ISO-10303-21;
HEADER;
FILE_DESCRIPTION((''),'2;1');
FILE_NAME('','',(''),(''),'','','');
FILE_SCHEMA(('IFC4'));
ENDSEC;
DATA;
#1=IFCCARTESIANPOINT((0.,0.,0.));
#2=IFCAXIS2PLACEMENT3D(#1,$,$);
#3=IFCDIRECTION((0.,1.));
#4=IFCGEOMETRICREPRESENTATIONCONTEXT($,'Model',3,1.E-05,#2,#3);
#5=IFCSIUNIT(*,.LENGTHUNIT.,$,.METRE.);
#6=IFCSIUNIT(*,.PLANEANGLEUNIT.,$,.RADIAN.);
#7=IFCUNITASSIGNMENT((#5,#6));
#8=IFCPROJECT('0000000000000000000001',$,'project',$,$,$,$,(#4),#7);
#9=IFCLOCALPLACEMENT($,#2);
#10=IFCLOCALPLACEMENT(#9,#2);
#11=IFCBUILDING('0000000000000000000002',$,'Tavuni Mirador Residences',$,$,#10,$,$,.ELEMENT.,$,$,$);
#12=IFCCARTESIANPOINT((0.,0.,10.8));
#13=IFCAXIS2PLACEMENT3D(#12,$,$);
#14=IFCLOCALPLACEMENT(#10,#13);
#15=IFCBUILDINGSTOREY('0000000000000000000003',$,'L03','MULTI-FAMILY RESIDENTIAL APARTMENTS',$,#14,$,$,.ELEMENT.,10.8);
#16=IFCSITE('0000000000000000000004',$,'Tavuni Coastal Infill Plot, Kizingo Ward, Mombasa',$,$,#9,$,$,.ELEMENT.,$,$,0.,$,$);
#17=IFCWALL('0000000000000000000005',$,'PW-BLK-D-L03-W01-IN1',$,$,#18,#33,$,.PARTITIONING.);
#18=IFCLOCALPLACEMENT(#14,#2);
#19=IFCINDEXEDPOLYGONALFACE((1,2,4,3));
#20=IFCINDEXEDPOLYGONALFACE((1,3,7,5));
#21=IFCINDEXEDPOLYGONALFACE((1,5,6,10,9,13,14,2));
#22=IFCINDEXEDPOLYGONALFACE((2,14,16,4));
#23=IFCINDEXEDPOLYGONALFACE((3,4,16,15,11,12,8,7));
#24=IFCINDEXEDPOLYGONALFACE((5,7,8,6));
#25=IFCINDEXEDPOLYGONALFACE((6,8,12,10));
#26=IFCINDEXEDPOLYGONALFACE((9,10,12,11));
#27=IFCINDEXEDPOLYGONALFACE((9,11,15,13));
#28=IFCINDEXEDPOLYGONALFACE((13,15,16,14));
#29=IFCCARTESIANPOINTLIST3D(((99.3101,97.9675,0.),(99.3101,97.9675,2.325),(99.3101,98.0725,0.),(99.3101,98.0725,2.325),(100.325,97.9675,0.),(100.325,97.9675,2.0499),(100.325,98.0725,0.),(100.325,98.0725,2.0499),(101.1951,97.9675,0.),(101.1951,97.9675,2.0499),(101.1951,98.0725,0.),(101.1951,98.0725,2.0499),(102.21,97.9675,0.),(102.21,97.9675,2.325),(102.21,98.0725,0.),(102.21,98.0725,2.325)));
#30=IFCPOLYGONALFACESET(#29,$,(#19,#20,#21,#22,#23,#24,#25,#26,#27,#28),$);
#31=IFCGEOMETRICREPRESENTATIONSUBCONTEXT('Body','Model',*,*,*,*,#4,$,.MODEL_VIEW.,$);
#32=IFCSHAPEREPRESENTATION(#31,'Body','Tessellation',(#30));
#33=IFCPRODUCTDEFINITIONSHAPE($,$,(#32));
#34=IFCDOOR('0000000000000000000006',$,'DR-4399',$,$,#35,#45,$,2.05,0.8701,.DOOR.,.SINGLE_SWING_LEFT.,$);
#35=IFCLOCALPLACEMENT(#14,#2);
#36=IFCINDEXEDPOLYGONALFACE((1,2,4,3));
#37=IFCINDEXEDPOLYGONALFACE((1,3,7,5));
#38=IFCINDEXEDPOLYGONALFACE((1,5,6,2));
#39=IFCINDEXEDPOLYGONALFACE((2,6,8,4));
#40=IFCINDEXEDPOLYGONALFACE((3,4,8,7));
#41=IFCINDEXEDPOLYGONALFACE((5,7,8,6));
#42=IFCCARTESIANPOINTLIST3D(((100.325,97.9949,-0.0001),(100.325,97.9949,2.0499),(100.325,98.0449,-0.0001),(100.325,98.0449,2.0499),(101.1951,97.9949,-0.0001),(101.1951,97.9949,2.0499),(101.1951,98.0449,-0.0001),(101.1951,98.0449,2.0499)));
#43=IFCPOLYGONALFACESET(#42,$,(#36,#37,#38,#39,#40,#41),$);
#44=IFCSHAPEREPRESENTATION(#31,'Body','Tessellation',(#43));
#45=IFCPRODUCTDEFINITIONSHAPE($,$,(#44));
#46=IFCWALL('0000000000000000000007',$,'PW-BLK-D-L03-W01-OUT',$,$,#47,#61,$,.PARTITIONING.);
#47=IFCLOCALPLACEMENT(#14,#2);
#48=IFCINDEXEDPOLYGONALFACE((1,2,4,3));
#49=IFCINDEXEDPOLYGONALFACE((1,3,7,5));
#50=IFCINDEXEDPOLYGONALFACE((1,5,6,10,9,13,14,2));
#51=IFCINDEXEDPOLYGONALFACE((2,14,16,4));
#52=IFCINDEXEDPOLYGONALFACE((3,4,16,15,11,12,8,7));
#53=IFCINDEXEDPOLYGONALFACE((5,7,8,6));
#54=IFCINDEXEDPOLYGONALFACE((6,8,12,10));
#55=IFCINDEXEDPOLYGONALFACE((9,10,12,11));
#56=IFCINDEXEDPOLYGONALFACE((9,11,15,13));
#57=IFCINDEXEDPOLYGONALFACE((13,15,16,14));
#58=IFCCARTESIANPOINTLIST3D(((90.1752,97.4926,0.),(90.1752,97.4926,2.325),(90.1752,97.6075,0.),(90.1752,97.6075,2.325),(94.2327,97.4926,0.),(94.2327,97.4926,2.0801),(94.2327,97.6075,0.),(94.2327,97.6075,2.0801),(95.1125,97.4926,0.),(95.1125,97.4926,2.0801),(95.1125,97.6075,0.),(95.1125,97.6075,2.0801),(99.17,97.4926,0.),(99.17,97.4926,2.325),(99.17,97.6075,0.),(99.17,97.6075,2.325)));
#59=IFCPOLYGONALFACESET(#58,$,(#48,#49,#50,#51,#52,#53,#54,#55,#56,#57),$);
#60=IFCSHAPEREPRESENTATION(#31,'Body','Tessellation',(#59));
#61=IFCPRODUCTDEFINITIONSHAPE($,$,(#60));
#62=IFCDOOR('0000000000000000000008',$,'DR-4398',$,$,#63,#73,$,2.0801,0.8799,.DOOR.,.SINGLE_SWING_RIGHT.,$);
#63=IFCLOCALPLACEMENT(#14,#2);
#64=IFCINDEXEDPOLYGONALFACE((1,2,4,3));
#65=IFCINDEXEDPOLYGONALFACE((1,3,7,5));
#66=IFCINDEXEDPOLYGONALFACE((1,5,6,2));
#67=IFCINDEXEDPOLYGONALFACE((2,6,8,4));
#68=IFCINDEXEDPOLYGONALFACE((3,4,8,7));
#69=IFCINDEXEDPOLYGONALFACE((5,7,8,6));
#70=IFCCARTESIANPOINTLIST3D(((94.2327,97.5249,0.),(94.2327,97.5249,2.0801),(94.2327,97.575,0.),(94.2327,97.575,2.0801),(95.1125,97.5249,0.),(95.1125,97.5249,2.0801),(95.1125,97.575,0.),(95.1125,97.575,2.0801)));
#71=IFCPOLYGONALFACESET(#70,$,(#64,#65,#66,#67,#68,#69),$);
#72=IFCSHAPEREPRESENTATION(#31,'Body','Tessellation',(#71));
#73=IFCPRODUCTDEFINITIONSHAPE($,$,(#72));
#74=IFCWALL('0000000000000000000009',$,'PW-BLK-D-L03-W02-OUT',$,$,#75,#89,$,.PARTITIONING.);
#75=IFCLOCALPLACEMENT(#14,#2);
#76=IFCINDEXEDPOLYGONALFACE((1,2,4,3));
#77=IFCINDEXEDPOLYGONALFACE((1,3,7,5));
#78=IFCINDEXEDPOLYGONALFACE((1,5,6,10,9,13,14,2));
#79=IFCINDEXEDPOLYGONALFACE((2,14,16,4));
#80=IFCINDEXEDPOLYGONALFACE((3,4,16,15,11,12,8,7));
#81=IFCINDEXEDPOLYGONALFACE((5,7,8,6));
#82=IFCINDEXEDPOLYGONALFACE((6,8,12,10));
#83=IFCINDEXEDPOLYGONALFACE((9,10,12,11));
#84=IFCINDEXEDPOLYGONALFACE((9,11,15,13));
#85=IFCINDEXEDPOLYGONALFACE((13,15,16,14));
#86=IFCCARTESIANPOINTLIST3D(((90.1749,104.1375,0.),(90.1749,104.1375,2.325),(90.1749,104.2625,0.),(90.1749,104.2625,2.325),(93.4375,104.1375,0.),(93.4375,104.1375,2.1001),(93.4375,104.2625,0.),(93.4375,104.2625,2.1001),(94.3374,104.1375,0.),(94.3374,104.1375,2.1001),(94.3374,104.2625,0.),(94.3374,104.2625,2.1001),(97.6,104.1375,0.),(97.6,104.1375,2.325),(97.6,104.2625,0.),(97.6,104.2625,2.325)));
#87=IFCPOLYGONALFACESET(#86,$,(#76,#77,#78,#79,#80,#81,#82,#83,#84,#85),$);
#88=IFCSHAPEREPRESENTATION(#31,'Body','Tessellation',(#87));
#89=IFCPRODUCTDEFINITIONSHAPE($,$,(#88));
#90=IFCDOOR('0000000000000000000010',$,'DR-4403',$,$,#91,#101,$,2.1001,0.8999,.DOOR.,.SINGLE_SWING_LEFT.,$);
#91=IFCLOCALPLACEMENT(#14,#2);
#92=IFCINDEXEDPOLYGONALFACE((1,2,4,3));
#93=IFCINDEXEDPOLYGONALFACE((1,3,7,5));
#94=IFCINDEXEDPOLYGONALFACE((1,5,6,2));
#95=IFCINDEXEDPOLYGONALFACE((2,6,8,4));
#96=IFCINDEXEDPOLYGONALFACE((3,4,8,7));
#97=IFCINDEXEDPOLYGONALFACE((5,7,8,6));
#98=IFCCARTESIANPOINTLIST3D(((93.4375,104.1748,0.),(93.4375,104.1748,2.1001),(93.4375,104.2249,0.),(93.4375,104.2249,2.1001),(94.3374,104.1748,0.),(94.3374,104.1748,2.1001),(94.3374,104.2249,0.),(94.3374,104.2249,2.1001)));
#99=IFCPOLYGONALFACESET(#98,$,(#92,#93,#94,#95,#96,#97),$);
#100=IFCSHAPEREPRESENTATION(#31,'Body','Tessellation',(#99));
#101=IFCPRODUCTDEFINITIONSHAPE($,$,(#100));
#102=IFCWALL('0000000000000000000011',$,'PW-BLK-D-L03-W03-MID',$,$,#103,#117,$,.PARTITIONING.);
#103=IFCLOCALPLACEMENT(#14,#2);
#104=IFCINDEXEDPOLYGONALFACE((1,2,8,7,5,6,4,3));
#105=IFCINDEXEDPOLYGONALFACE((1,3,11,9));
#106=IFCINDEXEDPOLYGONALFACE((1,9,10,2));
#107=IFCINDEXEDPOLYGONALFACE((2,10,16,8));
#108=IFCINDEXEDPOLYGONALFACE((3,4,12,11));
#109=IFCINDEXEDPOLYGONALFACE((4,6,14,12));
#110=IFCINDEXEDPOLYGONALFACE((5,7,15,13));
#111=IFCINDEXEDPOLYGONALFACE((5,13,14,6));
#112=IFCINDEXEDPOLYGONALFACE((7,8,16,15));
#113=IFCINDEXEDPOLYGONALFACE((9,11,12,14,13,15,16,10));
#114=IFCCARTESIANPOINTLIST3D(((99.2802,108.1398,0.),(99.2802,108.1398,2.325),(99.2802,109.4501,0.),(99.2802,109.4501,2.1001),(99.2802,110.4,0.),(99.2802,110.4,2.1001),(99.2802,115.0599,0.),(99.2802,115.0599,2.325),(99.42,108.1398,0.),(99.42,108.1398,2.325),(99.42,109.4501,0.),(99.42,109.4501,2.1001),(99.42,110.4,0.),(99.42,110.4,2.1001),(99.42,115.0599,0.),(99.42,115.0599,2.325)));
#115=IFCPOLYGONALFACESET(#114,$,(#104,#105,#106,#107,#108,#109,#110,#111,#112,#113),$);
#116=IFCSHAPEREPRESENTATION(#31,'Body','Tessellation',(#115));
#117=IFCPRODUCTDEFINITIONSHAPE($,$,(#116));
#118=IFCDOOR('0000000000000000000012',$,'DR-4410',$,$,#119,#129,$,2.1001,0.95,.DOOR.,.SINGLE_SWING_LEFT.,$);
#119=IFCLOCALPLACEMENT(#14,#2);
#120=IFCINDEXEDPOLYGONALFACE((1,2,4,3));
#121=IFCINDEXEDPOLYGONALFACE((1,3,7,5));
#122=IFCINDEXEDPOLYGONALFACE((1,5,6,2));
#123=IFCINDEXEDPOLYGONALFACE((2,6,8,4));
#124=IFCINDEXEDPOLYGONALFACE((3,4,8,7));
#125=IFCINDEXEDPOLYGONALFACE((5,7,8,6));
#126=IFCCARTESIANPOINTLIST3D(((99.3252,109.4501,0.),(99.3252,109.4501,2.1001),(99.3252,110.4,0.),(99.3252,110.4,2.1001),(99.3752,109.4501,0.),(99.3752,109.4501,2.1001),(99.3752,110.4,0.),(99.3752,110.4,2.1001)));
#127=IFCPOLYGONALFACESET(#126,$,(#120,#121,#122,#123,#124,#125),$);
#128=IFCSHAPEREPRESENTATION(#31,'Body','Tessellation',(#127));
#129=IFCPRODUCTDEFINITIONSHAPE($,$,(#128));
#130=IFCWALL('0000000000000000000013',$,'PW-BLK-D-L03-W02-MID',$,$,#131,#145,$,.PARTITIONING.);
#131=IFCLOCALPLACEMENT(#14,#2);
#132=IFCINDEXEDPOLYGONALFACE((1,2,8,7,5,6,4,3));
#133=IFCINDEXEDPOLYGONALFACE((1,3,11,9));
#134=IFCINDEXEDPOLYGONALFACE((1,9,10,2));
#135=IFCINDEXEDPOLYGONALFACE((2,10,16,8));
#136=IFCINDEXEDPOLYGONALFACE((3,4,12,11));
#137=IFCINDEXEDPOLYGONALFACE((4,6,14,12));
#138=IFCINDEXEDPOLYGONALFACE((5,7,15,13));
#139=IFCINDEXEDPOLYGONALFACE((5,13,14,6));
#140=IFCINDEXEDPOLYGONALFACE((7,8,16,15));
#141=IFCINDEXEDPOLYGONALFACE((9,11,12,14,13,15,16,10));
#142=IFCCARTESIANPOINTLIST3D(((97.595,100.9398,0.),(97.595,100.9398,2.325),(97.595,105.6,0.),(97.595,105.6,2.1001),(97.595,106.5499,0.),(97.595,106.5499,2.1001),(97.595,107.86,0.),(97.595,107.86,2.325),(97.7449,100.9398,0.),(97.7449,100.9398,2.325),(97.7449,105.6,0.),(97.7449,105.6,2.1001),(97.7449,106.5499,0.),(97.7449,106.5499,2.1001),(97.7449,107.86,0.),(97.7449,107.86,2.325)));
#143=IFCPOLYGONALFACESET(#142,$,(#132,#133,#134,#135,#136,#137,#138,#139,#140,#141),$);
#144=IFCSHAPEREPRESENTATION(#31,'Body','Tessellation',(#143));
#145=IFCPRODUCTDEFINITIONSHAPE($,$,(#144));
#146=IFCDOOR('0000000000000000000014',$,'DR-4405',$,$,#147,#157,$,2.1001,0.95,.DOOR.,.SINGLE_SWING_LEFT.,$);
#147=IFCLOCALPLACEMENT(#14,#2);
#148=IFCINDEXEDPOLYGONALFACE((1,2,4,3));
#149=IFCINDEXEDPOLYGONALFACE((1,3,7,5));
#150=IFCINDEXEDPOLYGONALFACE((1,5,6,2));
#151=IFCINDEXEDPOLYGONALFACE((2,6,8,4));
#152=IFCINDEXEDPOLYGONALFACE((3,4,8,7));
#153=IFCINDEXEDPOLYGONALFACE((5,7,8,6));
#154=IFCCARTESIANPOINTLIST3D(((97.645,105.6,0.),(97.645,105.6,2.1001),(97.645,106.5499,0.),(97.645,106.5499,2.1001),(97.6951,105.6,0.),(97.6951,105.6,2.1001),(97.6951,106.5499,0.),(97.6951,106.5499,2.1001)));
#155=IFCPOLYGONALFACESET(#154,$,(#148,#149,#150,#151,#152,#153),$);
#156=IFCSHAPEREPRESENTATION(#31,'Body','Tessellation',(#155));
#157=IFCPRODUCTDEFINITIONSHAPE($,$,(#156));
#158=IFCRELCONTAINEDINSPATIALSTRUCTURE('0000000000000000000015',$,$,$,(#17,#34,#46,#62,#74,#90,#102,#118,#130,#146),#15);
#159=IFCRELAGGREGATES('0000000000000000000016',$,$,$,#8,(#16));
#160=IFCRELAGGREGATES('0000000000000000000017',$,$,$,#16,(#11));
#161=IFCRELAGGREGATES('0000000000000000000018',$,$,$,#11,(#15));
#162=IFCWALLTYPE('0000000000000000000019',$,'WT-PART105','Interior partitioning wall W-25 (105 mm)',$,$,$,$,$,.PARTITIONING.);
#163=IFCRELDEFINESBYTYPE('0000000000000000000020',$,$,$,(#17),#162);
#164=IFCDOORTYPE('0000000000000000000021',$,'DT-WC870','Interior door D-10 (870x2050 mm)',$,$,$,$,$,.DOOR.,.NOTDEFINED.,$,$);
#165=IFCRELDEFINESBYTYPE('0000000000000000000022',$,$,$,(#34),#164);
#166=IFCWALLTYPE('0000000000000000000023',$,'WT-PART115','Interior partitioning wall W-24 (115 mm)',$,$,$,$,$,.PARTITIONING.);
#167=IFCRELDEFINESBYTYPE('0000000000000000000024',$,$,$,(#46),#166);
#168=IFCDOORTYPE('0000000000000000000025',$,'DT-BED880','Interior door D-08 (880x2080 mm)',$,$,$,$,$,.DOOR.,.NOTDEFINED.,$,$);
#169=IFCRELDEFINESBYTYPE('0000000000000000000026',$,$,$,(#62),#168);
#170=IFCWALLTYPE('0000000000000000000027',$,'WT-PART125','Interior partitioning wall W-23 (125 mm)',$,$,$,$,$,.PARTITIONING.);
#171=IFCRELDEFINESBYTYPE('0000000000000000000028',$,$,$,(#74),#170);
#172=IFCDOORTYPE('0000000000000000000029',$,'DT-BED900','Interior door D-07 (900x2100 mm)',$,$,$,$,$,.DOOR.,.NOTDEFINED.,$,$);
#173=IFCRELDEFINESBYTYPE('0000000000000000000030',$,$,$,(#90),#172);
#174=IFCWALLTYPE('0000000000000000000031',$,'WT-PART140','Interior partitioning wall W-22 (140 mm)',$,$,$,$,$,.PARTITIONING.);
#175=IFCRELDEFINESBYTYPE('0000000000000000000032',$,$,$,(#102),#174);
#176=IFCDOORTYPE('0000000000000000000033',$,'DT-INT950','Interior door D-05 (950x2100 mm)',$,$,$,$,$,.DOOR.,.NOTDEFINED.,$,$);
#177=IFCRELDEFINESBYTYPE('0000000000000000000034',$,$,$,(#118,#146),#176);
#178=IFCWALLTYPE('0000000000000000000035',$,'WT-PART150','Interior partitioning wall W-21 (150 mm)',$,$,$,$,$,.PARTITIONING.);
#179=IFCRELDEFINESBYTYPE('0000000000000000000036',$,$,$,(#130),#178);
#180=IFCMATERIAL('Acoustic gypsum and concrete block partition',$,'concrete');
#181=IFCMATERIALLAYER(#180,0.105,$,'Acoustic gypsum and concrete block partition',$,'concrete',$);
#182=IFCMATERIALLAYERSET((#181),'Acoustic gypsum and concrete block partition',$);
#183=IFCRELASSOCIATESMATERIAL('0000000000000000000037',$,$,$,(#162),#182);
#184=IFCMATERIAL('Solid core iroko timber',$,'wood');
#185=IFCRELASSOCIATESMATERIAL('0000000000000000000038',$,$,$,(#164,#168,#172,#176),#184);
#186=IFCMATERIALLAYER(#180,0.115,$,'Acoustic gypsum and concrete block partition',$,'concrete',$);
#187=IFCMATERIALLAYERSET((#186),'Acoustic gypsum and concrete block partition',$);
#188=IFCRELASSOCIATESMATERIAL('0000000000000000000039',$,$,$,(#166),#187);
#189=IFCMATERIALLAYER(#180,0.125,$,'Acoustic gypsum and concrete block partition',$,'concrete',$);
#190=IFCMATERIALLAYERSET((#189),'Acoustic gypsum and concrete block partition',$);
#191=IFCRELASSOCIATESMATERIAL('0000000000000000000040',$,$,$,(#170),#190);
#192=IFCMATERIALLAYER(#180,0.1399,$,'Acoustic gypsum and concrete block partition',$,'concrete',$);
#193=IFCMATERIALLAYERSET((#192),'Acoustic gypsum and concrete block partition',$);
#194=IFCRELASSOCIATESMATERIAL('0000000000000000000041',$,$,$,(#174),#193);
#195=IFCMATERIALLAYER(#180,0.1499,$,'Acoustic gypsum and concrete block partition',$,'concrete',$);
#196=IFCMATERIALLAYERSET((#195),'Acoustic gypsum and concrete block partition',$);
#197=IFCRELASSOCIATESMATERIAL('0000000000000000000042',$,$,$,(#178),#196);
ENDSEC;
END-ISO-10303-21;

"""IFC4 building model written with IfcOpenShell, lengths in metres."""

from ifc_helpers import new_model, si_unit, direction, frame, frame_2d, origin, place, context, subcontext, project, spatial, rectangle, extrude, material, layer, layer_set, type_object, element, fill, save


model = new_model("IFC4")

# Units and contexts
model_context = context("Model", 3, precision=1e-05, world=origin(), true_north=direction((0.0, 1.0)))
body_context = subcontext(model_context, "Body", "Model", "MODEL_VIEW")
ifc_project = project(units=[si_unit("LENGTHUNIT", "METRE"), si_unit("PLANEANGLEUNIT", "RADIAN")], contexts=[model_context])

# Site, building, storey
site_placement = place(None, origin())
site = spatial("IfcSite", under=ifc_project, at=site_placement, Name="Tavuni Coastal Infill Plot, Kizingo Ward, Mombasa", CompositionType="ELEMENT", RefElevation=0.0)
building_placement = place(site_placement, origin())
building = spatial("IfcBuilding", under=site, at=building_placement, Name="Tavuni Mirador Residences", CompositionType="ELEMENT")
storey_placement = place(building_placement, frame((0.0, 0.0, 10.8)))
storey = spatial("IfcBuildingStorey", under=building, at=storey_placement, Name="L03", Description="MULTI-FAMILY RESIDENTIAL APARTMENTS", CompositionType="ELEMENT", Elevation=10.8)

# Walls, openings, doors
ifc_material_1 = material(Name="Solid core iroko timber", Category="wood")
ifc_material_2 = material(Name="Acoustic gypsum and concrete block partition", Category="concrete")
ifc_layer_1 = layer(ifc_material_2, 0.105, Name="Acoustic gypsum and concrete block partition", Category="concrete")
ifc_layer_set_1 = layer_set([ifc_layer_1], Name="Acoustic gypsum and concrete block partition")
wall_type_1 = type_object("IfcWallType", Name="WT-PART105", Description="Interior partitioning wall W-25 (105 mm)", PredefinedType="PARTITIONING", material=ifc_layer_set_1)
wall_1_placement = place(storey_placement, frame((99.3101, 98.02, 0.0), z_axis=(0.0, 0.0, 1.0), x_axis=(1.0, 0.0, 0.0)))
wall_1 = element("IfcWall", 1, at=wall_1_placement, inside=storey, type_object=wall_type_1, Name="PW-BLK-D-L03-W01-IN1", PredefinedType="PARTITIONING", context=body_context, shape_type="SweptSolid", body=[
    extrude(rectangle(XDim=2.8999, YDim=0.105, at=frame_2d((1.45, 0.0))), origin(), (0.0, 0.0, 1.0), 2.325),
])
opening_1_placement = place(wall_1_placement, frame((1.0149, 0.0, 0.0)))
opening_1 = element("IfcOpeningElement", 2, at=opening_1_placement, cuts=wall_1, PredefinedType="OPENING", context=body_context, shape_type="SweptSolid", body=[
    extrude(rectangle(XDim=0.8701, YDim=2.05, at=frame_2d((0.4351, 1.0249))), frame((0.0, 0.0625, 0.0), z_axis=(0.0, -1.0, 0.0), x_axis=(1.0, 0.0, 0.0)), (0.0, 0.0, 1.0), 0.125),
])
door_type_1 = type_object("IfcDoorType", Name="DT-WC870", Description="Interior door D-10 (870x2050 mm)", OperationType="NOTDEFINED", PredefinedType="DOOR", material=ifc_material_1)
door_1_placement = place(opening_1_placement, origin())
door_1 = element("IfcDoor", 3, at=door_1_placement, inside=storey, type_object=door_type_1, Name="DR-4399", OperationType="SINGLE_SWING_LEFT", OverallHeight=2.05, OverallWidth=0.8701, PredefinedType="DOOR", context=body_context, shape_type="SweptSolid", body=[
    extrude(rectangle(XDim=0.8701, YDim=2.05, at=frame_2d((0.4351, 1.0249))), frame((0.0, 0.0249, 0.0), z_axis=(0.0, -1.0, 0.0), x_axis=(1.0, 0.0, 0.0)), (0.0, 0.0, 1.0), 0.05),
])
fill(opening_1, door_1)
ifc_layer_2 = layer(ifc_material_2, 0.115, Name="Acoustic gypsum and concrete block partition", Category="concrete")
ifc_layer_set_2 = layer_set([ifc_layer_2], Name="Acoustic gypsum and concrete block partition")
wall_type_2 = type_object("IfcWallType", Name="WT-PART115", Description="Interior partitioning wall W-24 (115 mm)", PredefinedType="PARTITIONING", material=ifc_layer_set_2)
wall_2_placement = place(storey_placement, frame((90.175, 97.55, 0.0), z_axis=(0.0, 0.0, 1.0), x_axis=(1.0, 0.0, 0.0)))
wall_2 = element("IfcWall", 4, at=wall_2_placement, inside=storey, type_object=wall_type_2, Name="PW-BLK-D-L03-W01-OUT", PredefinedType="PARTITIONING", context=body_context, shape_type="SweptSolid", body=[
    extrude(rectangle(XDim=8.9949, YDim=0.115, at=frame_2d((4.4976, 0.0))), origin(), (0.0, 0.0, 1.0), 2.325),
])
opening_2_placement = place(wall_2_placement, frame((4.0576, 0.0, 0.0)))
opening_2 = element("IfcOpeningElement", 5, at=opening_2_placement, cuts=wall_2, PredefinedType="OPENING", context=body_context, shape_type="SweptSolid", body=[
    extrude(rectangle(XDim=0.8799, YDim=2.0801, at=frame_2d((0.4399, 1.04))), frame((0.0, 0.0674, 0.0), z_axis=(0.0, -1.0, 0.0), x_axis=(1.0, 0.0, 0.0)), (0.0, 0.0, 1.0), 0.135),
])
door_type_2 = type_object("IfcDoorType", Name="DT-BED880", Description="Interior door D-08 (880x2080 mm)", OperationType="NOTDEFINED", PredefinedType="DOOR", material=ifc_material_1)
door_2_placement = place(opening_2_placement, origin())
door_2 = element("IfcDoor", 6, at=door_2_placement, inside=storey, type_object=door_type_2, Name="DR-4398", OperationType="SINGLE_SWING_RIGHT", OverallHeight=2.0801, OverallWidth=0.8799, PredefinedType="DOOR", context=body_context, shape_type="SweptSolid", body=[
    extrude(rectangle(XDim=0.8799, YDim=2.0801, at=frame_2d((0.4399, 1.04))), frame((0.0, 0.0249, 0.0), z_axis=(0.0, -1.0, 0.0), x_axis=(1.0, 0.0, 0.0)), (0.0, 0.0, 1.0), 0.05),
])
fill(opening_2, door_2)
ifc_layer_3 = layer(ifc_material_2, 0.125, Name="Acoustic gypsum and concrete block partition", Category="concrete")
ifc_layer_set_3 = layer_set([ifc_layer_3], Name="Acoustic gypsum and concrete block partition")
wall_type_3 = type_object("IfcWallType", Name="WT-PART125", Description="Interior partitioning wall W-23 (125 mm)", PredefinedType="PARTITIONING", material=ifc_layer_set_3)
wall_3_placement = place(storey_placement, frame((90.175, 104.2, 0.0), z_axis=(0.0, 0.0, 1.0), x_axis=(1.0, 0.0, 0.0)))
wall_3 = element("IfcWall", 7, at=wall_3_placement, inside=storey, type_object=wall_type_3, Name="PW-BLK-D-L03-W02-OUT", PredefinedType="PARTITIONING", context=body_context, shape_type="SweptSolid", body=[
    extrude(rectangle(XDim=7.425, YDim=0.125, at=frame_2d((3.7124, 0.0))), origin(), (0.0, 0.0, 1.0), 2.325),
])
opening_3_placement = place(wall_3_placement, frame((3.2625, 0.0, 0.0)))
opening_3 = element("IfcOpeningElement", 8, at=opening_3_placement, cuts=wall_3, PredefinedType="OPENING", context=body_context, shape_type="SweptSolid", body=[
    extrude(rectangle(XDim=0.8999, YDim=2.1001, at=frame_2d((0.45, 1.05))), frame((0.0, 0.0725, 0.0), z_axis=(0.0, -1.0, 0.0), x_axis=(1.0, 0.0, 0.0)), (0.0, 0.0, 1.0), 0.145),
])
door_type_3 = type_object("IfcDoorType", Name="DT-BED900", Description="Interior door D-07 (900x2100 mm)", OperationType="NOTDEFINED", PredefinedType="DOOR", material=ifc_material_1)
door_3_placement = place(opening_3_placement, origin())
door_3 = element("IfcDoor", 9, at=door_3_placement, inside=storey, type_object=door_type_3, Name="DR-4403", OperationType="SINGLE_SWING_LEFT", OverallHeight=2.1001, OverallWidth=0.8999, PredefinedType="DOOR", context=body_context, shape_type="SweptSolid", body=[
    extrude(rectangle(XDim=0.8999, YDim=2.1001, at=frame_2d((0.45, 1.05))), frame((0.0, 0.0249, 0.0), z_axis=(0.0, -1.0, 0.0), x_axis=(1.0, 0.0, 0.0)), (0.0, 0.0, 1.0), 0.05),
])
fill(opening_3, door_3)
ifc_layer_4 = layer(ifc_material_2, 0.1399, Name="Acoustic gypsum and concrete block partition", Category="concrete")
ifc_layer_set_4 = layer_set([ifc_layer_4], Name="Acoustic gypsum and concrete block partition")
wall_type_4 = type_object("IfcWallType", Name="WT-PART140", Description="Interior partitioning wall W-22 (140 mm)", PredefinedType="PARTITIONING", material=ifc_layer_set_4)
wall_4_placement = place(storey_placement, frame((99.3501, 108.1399, 0.0), z_axis=(0.0, 0.0, 1.0), x_axis=(0.0, 1.0, 0.0)))
wall_4 = element("IfcWall", 10, at=wall_4_placement, inside=storey, type_object=wall_type_4, Name="PW-BLK-D-L03-W03-MID", PredefinedType="PARTITIONING", context=body_context, shape_type="SweptSolid", body=[
    extrude(rectangle(XDim=6.9202, YDim=0.1399, at=frame_2d((3.46, 0.0))), origin(), (0.0, 0.0, 1.0), 2.325),
])
opening_4_placement = place(wall_4_placement, frame((1.3101, 0.0, 0.0)))
opening_4 = element("IfcOpeningElement", 11, at=opening_4_placement, cuts=wall_4, PredefinedType="OPENING", context=body_context, shape_type="SweptSolid", body=[
    extrude(rectangle(XDim=0.95, YDim=2.1001, at=frame_2d((0.4751, 1.05))), frame((0.0, 0.0801, 0.0), z_axis=(0.0, -1.0, 0.0), x_axis=(1.0, 0.0, 0.0)), (0.0, 0.0, 1.0), 0.1599),
])
door_type_4 = type_object("IfcDoorType", Name="DT-INT950", Description="Interior door D-05 (950x2100 mm)", OperationType="NOTDEFINED", PredefinedType="DOOR", material=ifc_material_1)
door_4_placement = place(opening_4_placement, origin())
door_4 = element("IfcDoor", 12, at=door_4_placement, inside=storey, type_object=door_type_4, Name="DR-4410", OperationType="SINGLE_SWING_LEFT", OverallHeight=2.1001, OverallWidth=0.95, PredefinedType="DOOR", context=body_context, shape_type="SweptSolid", body=[
    extrude(rectangle(XDim=0.95, YDim=2.1001, at=frame_2d((0.4751, 1.05))), frame((0.0, 0.0249, 0.0), z_axis=(0.0, -1.0, 0.0), x_axis=(1.0, 0.0, 0.0)), (0.0, 0.0, 1.0), 0.05),
])
fill(opening_4, door_4)
ifc_layer_5 = layer(ifc_material_2, 0.1499, Name="Acoustic gypsum and concrete block partition", Category="concrete")
ifc_layer_set_5 = layer_set([ifc_layer_5], Name="Acoustic gypsum and concrete block partition")
wall_type_5 = type_object("IfcWallType", Name="WT-PART150", Description="Interior partitioning wall W-21 (150 mm)", PredefinedType="PARTITIONING", material=ifc_layer_set_5)
wall_5_placement = place(storey_placement, frame((97.6699, 100.9399, 0.0), z_axis=(0.0, 0.0, 1.0), x_axis=(0.0, 1.0, 0.0)))
wall_5 = element("IfcWall", 13, at=wall_5_placement, inside=storey, type_object=wall_type_5, Name="PW-BLK-D-L03-W02-MID", PredefinedType="PARTITIONING", context=body_context, shape_type="SweptSolid", body=[
    extrude(rectangle(XDim=6.9202, YDim=0.1499, at=frame_2d((3.46, 0.0))), origin(), (0.0, 0.0, 1.0), 2.325),
])
opening_5_placement = place(wall_5_placement, frame((4.6599, 0.0, 0.0)))
opening_5 = element("IfcOpeningElement", 14, at=opening_5_placement, cuts=wall_5, PredefinedType="OPENING", context=body_context, shape_type="SweptSolid", body=[
    extrude(rectangle(XDim=0.95, YDim=2.1001, at=frame_2d((0.4751, 1.05))), frame((0.0, 0.085, 0.0), z_axis=(0.0, -1.0, 0.0), x_axis=(1.0, 0.0, 0.0)), (0.0, 0.0, 1.0), 0.1699),
])
door_5_placement = place(opening_5_placement, origin())
door_5 = element("IfcDoor", 15, at=door_5_placement, inside=storey, type_object=door_type_4, Name="DR-4405", OperationType="SINGLE_SWING_LEFT", OverallHeight=2.1001, OverallWidth=0.95, PredefinedType="DOOR", context=body_context, shape_type="SweptSolid", body=[
    extrude(rectangle(XDim=0.95, YDim=2.1001, at=frame_2d((0.4751, 1.05))), frame((0.0, 0.0249, 0.0), z_axis=(0.0, -1.0, 0.0), x_axis=(1.0, 0.0, 0.0)), (0.0, 0.0, 1.0), 0.05),
])
fill(opening_5, door_5)

save(model, "model.ifc")
